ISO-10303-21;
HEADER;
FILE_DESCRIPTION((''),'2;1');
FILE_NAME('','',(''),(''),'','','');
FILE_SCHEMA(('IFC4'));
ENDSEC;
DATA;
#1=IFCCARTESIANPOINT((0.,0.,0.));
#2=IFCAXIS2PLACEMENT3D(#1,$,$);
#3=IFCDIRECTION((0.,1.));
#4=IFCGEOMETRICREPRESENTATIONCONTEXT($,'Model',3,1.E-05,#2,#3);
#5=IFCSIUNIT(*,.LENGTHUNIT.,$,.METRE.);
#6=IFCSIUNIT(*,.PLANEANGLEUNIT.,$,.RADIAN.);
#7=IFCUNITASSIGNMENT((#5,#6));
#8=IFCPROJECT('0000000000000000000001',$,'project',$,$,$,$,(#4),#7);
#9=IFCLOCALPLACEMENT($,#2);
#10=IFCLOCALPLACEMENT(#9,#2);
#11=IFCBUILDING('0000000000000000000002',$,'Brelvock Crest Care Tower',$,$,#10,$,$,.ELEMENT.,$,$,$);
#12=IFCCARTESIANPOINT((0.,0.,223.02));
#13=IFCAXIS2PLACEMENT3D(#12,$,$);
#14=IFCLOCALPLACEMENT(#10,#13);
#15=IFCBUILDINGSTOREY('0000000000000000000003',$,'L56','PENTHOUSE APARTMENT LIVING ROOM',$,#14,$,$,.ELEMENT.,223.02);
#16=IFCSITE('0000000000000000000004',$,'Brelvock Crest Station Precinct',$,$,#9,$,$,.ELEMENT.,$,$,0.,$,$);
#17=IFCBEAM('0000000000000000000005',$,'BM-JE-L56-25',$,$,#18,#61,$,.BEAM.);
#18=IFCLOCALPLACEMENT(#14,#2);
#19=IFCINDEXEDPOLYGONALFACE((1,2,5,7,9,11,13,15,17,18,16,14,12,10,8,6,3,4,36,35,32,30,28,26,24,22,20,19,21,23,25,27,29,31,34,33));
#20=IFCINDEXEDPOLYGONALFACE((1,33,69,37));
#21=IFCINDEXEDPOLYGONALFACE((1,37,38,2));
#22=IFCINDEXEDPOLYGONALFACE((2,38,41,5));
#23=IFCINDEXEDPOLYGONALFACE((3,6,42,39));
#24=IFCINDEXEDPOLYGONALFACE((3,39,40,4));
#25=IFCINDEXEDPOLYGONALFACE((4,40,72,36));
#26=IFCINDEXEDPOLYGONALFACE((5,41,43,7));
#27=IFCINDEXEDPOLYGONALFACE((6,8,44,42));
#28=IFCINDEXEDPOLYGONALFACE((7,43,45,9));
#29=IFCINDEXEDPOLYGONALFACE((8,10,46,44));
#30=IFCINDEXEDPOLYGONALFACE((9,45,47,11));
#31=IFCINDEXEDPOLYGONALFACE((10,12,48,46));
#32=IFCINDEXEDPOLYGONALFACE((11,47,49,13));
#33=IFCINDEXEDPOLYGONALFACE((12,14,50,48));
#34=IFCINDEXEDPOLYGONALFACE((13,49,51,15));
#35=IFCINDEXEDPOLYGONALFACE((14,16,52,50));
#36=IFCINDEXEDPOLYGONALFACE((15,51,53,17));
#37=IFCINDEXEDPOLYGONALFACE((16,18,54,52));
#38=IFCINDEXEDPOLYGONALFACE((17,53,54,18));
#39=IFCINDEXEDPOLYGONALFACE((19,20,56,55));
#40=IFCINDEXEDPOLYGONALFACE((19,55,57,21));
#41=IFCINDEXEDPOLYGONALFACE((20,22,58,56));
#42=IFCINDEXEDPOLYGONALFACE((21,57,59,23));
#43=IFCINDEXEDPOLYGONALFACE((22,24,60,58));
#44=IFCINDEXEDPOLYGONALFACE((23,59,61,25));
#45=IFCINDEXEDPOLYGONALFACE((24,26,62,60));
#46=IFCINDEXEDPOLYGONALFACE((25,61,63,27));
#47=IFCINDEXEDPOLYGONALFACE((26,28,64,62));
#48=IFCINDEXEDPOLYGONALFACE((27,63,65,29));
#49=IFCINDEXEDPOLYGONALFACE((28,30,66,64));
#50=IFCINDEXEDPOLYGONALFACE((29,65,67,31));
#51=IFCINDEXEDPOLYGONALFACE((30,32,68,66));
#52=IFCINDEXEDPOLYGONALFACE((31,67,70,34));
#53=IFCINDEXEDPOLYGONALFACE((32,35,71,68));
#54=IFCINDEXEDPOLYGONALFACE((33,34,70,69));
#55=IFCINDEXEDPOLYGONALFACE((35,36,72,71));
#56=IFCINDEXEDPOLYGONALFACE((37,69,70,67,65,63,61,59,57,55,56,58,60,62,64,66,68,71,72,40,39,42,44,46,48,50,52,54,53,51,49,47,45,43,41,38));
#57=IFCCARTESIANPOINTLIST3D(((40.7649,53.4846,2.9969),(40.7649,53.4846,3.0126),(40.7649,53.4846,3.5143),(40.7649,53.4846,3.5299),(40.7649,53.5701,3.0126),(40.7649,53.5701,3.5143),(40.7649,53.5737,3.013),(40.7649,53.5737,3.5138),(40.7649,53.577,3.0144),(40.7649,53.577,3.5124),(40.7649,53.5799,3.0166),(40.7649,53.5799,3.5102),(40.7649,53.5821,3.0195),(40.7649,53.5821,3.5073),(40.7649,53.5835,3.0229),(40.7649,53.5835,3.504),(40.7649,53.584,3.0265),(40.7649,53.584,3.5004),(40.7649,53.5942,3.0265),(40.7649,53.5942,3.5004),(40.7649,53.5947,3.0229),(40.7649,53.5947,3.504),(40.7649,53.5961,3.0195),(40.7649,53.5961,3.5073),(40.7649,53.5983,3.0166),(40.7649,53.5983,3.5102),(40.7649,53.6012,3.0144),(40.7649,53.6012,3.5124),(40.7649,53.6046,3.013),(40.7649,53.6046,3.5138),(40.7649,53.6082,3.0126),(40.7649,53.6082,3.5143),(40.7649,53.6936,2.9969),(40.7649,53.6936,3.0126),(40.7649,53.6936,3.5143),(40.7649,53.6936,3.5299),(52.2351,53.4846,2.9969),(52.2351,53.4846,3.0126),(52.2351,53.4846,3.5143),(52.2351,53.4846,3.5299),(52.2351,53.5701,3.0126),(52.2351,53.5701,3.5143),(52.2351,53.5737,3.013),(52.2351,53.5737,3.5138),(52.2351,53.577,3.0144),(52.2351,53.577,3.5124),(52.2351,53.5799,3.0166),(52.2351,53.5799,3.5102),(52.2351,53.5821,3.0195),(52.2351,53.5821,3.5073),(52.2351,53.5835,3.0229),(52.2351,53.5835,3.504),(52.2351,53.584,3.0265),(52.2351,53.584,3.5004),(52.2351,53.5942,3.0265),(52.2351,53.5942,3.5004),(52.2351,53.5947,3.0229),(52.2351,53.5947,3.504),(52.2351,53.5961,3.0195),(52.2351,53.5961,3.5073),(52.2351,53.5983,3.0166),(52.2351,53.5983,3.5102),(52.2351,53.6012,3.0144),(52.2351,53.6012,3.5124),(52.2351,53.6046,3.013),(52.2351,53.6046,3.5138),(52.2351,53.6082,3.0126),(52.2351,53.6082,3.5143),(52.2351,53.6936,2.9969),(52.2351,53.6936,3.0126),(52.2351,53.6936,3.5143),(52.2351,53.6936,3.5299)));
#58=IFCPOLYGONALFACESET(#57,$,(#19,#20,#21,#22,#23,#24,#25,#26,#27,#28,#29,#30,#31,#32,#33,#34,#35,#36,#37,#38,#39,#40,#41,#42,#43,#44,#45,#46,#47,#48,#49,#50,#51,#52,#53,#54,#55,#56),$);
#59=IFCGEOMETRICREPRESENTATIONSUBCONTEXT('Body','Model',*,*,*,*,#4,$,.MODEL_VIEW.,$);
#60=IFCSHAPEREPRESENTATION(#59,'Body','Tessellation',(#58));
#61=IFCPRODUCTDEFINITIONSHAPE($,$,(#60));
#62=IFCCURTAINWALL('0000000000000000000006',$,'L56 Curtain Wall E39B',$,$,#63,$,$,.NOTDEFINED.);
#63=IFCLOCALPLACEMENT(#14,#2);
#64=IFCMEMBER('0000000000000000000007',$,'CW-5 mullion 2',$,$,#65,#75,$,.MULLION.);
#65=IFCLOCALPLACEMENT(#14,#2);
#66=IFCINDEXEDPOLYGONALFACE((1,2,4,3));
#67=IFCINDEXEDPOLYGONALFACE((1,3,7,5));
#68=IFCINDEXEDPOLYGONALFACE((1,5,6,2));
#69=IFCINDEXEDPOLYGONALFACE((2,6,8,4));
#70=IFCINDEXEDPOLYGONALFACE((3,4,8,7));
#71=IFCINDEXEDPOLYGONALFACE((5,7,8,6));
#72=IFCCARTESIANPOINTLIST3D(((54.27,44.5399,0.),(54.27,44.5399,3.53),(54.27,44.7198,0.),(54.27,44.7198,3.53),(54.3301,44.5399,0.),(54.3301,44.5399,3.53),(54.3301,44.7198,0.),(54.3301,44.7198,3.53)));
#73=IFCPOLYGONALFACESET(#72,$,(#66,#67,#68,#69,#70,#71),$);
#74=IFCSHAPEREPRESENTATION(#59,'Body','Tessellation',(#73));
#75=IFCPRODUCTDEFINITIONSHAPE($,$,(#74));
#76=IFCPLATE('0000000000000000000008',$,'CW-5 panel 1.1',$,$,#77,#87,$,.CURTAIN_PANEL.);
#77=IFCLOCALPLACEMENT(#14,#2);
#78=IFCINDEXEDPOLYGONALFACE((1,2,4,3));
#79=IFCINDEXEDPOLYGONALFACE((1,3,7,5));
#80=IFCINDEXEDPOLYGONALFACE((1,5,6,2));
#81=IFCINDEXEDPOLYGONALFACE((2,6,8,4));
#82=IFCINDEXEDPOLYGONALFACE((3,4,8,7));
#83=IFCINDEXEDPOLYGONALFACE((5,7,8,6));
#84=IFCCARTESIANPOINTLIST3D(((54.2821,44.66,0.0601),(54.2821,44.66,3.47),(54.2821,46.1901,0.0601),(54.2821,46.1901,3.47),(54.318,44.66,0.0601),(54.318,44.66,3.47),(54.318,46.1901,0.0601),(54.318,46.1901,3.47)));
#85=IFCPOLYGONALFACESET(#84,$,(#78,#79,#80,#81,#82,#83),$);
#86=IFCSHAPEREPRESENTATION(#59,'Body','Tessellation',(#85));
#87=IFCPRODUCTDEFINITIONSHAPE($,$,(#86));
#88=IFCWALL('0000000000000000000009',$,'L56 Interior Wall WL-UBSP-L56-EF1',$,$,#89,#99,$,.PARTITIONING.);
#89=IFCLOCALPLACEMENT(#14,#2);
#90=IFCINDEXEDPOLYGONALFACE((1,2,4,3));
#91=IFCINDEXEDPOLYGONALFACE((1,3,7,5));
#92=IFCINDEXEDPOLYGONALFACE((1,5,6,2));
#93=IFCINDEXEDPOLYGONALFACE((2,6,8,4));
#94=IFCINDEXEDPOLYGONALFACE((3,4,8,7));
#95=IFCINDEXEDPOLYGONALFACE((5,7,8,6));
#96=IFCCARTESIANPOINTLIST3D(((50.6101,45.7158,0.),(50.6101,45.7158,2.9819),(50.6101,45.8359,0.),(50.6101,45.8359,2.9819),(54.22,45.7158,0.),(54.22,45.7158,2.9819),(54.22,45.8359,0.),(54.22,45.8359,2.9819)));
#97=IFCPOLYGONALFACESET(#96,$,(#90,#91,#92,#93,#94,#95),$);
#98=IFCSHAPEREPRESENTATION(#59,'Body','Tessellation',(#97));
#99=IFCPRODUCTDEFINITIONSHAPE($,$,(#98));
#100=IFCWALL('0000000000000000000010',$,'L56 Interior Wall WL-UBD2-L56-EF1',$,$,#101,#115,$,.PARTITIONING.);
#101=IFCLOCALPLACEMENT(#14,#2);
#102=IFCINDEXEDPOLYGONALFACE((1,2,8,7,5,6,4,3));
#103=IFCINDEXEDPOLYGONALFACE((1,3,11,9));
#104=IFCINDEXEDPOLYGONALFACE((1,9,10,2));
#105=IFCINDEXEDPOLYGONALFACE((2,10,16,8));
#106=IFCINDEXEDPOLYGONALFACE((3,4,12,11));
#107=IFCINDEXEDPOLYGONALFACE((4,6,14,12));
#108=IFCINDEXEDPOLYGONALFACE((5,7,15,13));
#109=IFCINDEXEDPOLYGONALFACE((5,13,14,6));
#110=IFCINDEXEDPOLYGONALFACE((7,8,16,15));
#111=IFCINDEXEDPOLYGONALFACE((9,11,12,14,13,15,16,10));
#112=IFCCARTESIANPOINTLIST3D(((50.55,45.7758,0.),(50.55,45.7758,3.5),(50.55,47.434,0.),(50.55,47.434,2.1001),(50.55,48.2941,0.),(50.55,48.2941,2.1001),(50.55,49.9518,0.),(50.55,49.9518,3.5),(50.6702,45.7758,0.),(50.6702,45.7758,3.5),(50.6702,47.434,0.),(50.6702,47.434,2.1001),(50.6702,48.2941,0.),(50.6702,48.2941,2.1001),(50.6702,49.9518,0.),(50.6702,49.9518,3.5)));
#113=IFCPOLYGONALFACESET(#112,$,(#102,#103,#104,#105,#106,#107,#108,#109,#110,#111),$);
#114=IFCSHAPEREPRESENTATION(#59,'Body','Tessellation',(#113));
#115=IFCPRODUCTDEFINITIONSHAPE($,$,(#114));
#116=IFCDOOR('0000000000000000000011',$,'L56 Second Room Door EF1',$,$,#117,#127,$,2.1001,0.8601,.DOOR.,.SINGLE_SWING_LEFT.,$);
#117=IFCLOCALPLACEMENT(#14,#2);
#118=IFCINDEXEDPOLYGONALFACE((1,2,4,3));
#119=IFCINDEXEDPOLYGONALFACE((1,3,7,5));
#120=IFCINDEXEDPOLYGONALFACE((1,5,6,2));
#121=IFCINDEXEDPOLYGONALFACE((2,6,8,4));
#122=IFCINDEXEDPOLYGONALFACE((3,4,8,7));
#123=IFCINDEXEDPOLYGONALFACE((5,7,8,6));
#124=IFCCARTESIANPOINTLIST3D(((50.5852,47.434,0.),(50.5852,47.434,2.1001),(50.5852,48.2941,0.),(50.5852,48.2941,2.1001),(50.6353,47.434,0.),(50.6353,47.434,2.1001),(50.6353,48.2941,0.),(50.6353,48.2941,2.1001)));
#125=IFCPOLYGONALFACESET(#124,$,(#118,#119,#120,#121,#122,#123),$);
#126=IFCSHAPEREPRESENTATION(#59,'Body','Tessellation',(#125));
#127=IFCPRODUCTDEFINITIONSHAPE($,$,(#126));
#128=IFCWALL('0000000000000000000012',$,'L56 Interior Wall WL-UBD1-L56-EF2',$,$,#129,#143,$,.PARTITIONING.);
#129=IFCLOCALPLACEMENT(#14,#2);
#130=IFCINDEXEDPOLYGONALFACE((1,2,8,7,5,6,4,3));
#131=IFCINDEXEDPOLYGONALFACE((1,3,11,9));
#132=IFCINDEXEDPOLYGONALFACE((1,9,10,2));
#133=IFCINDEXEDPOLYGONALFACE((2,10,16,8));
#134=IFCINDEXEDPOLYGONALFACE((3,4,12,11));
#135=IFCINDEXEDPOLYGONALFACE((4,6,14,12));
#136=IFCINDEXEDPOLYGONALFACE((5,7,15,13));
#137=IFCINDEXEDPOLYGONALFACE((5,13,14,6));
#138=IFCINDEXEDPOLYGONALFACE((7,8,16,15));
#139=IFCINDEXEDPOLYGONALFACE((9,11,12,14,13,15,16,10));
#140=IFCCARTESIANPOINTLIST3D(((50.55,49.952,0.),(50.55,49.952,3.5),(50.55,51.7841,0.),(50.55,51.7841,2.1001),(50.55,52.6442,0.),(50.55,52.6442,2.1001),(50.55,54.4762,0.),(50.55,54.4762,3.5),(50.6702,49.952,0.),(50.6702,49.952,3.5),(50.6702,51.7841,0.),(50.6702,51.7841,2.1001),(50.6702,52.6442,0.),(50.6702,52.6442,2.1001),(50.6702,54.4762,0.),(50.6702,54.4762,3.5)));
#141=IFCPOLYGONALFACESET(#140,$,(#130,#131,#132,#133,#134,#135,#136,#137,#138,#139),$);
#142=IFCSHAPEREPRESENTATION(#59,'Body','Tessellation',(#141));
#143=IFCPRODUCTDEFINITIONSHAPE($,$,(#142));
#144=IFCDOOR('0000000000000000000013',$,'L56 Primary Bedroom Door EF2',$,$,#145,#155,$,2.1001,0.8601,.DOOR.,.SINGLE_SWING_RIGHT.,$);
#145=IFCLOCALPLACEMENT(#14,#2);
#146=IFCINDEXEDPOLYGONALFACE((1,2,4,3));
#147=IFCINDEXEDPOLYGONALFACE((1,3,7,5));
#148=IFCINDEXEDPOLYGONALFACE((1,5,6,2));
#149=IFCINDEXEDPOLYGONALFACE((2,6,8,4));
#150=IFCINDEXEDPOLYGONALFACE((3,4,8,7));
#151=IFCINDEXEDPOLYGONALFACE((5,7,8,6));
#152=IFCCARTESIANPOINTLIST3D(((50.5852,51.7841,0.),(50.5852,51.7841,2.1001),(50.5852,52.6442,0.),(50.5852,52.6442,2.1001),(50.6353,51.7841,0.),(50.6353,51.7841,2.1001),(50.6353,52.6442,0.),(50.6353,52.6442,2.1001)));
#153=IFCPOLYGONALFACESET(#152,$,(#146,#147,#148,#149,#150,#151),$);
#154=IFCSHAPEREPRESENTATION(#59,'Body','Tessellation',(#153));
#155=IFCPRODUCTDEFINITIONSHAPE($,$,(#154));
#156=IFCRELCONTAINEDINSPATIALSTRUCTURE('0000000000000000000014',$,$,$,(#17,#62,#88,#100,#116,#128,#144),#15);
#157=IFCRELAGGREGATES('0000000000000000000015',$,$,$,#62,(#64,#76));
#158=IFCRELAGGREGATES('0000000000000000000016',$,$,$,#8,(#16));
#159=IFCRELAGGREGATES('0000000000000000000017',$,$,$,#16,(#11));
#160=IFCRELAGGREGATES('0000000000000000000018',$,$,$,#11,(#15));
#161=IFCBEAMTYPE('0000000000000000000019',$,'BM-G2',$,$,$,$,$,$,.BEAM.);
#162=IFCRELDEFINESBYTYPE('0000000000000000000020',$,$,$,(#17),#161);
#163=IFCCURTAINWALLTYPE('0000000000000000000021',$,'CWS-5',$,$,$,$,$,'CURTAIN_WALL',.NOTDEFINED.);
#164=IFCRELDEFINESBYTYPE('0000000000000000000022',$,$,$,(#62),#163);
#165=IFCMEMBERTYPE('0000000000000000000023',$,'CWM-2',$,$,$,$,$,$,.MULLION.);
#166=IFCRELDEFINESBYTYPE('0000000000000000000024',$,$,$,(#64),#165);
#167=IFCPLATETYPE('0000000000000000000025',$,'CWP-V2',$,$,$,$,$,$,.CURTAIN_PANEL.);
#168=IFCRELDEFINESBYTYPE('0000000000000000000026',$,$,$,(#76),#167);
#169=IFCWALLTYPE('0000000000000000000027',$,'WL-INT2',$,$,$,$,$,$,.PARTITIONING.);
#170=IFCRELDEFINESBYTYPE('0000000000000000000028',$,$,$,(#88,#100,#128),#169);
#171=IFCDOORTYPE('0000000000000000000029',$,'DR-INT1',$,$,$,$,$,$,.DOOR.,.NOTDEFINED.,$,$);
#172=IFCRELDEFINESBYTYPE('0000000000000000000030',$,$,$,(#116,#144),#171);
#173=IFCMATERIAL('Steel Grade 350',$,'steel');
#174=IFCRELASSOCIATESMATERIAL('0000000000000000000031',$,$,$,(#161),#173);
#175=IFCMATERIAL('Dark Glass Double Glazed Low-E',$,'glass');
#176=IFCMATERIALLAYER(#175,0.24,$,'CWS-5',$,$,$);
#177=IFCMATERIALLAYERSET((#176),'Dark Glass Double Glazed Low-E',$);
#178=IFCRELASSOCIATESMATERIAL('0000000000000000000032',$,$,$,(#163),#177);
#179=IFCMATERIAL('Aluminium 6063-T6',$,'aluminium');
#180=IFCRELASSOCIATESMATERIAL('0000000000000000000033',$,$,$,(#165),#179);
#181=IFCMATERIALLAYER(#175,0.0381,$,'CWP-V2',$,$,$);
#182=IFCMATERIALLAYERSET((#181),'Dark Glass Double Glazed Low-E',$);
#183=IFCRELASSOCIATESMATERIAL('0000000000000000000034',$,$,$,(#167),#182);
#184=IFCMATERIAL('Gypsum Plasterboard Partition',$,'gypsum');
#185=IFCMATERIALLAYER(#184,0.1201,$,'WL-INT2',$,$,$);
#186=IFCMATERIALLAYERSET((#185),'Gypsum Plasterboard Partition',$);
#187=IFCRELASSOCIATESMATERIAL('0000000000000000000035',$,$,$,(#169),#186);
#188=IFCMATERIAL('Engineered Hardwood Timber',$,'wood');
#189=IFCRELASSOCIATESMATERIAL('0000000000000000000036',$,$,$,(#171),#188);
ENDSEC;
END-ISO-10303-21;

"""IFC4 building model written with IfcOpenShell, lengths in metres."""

from ifc_helpers import new_model, si_unit, direction, frame, frame_2d, origin, origin_2d, place, context, subcontext, project, spatial, rectangle, i_section, extrude, source, transform, mapped, material, layer, layer_set, material_profile, profile_set, type_object, element, fill, aggregate, save


model = new_model("IFC4")

# Units and contexts
model_context = context("Model", 3, precision=1e-05, world=origin(), true_north=direction((0.0, 1.0)))
body_context = subcontext(model_context, "Body", "Model", "MODEL_VIEW")
ifc_project = project(units=[si_unit("LENGTHUNIT", "METRE"), si_unit("PLANEANGLEUNIT", "RADIAN")], contexts=[model_context])

# Site, building, storey
site_placement = place(None, origin())
site = spatial("IfcSite", under=ifc_project, at=site_placement, Name="Brelvock Crest Station Precinct", CompositionType="ELEMENT", RefElevation=0.0)
building_placement = place(site_placement, origin())
building = spatial("IfcBuilding", under=site, at=building_placement, Name="Brelvock Crest Care Tower", CompositionType="ELEMENT")
storey_placement = place(building_placement, frame((0.0, 0.0, 223.02)))
storey = spatial("IfcBuildingStorey", under=building, at=storey_placement, Name="L56", Description="PENTHOUSE APARTMENT LIVING ROOM", CompositionType="ELEMENT", Elevation=223.02)

# Shared definitions
ifc_material_1 = material(Name="Steel Grade 350", Category="steel")

# Beam
ifc_material_profile_1 = material_profile(ifc_material_1, i_section(OverallWidth=0.209, OverallDepth=0.533, WebThickness=0.0103, FlangeThickness=0.0156, FilletRadius=0.0139, at=origin_2d()), Name="530UB92.4")
ifc_profile_set_1 = profile_set([ifc_material_profile_1], Name="Steel Grade 350")
beam_type_1 = type_object("IfcBeamType", Name="BM-G2", PredefinedType="BEAM", material=ifc_profile_set_1)
shared_shape_1 = source(origin(), body_context, "Body", "SweptSolid", [
    extrude(i_section(OverallWidth=0.209, OverallDepth=0.533, WebThickness=0.0103, FlangeThickness=0.0156, FilletRadius=0.0139, at=origin_2d()), origin(), (0.0, 0.0, 1.0), 11.4702),
])
for number, where, z_axis, x_axis, name in (
    (1, (40.7649, 53.5891, 3.2634), (1.0, 0.0, 0.0), (0.0, 1.0, 0.0), "BM-JE-L56-25"),
):
    element("IfcBeam", number, at=place(storey_placement, frame(where, z_axis=z_axis, x_axis=x_axis)), inside=storey, type_object=beam_type_1, Name=name, PredefinedType="BEAM", context=body_context, shape_type="MappedRepresentation", body=[
        mapped(shared_shape_1, transform((0.0, 0.0, 0.0), x_axis=(1.0, 0.0, 0.0), y_axis=(0.0, 1.0, 0.0), z_axis=(0.0, 0.0, 1.0), scale=1.0)),
    ])

# Curtain wall, member, plate
ifc_material_2 = material(Name="Dark Glass Double Glazed Low-E", Category="glass")
ifc_layer_1 = layer(ifc_material_2, 0.24, Name="CWS-5")
ifc_layer_set_1 = layer_set([ifc_layer_1], Name="Dark Glass Double Glazed Low-E")
curtain_wall_type = type_object("IfcCurtainWallType", Name="CWS-5", ElementType="CURTAIN_WALL", PredefinedType="NOTDEFINED", material=ifc_layer_set_1)
curtain_wall_placement = place(storey_placement, origin())
curtain_wall = element("IfcCurtainWall", 2, at=curtain_wall_placement, inside=storey, type_object=curtain_wall_type, Name="L56 Curtain Wall E39B", PredefinedType="NOTDEFINED")
ifc_material_3 = material(Name="Aluminium 6063-T6", Category="aluminium")
ifc_material_profile_2 = material_profile(ifc_material_3, rectangle(XDim=0.0601, YDim=0.1799, at=origin_2d()), Name="ALU60x180")
ifc_profile_set_2 = profile_set([ifc_material_profile_2], Name="Aluminium 6063-T6")
member_type = type_object("IfcMemberType", Name="CWM-2", PredefinedType="MULLION", material=ifc_profile_set_2)
shared_shape_2 = source(origin(), body_context, "Body", "SweptSolid", [
    extrude(rectangle(XDim=0.0601, YDim=0.1799, at=origin_2d()), origin(), (0.0, 0.0, 1.0), 3.53),
])
member_placement = place(storey_placement, frame((54.3, 44.6299, 0.0), z_axis=(0.0, 0.0, 1.0), x_axis=(1.0, 0.0, 0.0)))
member = element("IfcMember", 3, at=member_placement, type_object=member_type, Name="CW-5 mullion 2", PredefinedType="MULLION", context=body_context, shape_type="MappedRepresentation", body=[
    mapped(shared_shape_2, transform((0.0, 0.0, 0.0), x_axis=(1.0, 0.0, 0.0), y_axis=(0.0, 1.0, 0.0), z_axis=(0.0, 0.0, 1.0), scale=1.0)),
])
ifc_layer_2 = layer(ifc_material_2, 0.0381, Name="CWP-V2")
ifc_layer_set_2 = layer_set([ifc_layer_2], Name="Dark Glass Double Glazed Low-E")
plate_type = type_object("IfcPlateType", Name="CWP-V2", PredefinedType="CURTAIN_PANEL", material=ifc_layer_set_2)
shared_shape_3 = source(origin(), body_context, "Body", "SweptSolid", [
    extrude(rectangle(XDim=1.53, YDim=0.0359, at=origin_2d()), origin(), (0.0, 0.0, 1.0), 3.4099),
])
plate_placement = place(storey_placement, frame((54.3, 45.425, 0.0601), z_axis=(0.0, 0.0, 1.0), x_axis=(0.0, -1.0, 0.0)))
plate = element("IfcPlate", 4, at=plate_placement, type_object=plate_type, Name="CW-5 panel 1.1", PredefinedType="CURTAIN_PANEL", context=body_context, shape_type="MappedRepresentation", body=[
    mapped(shared_shape_3, transform((0.0, 0.0, 0.0), x_axis=(1.0, 0.0, 0.0), y_axis=(0.0, 1.0, 0.0), z_axis=(0.0, 0.0, 1.0), scale=1.0)),
])
aggregate(curtain_wall, [member, plate])

# Wall
ifc_material_4 = material(Name="Gypsum Plasterboard Partition", Category="gypsum")
ifc_layer_3 = layer(ifc_material_4, 0.1201, Name="WL-INT2")
ifc_layer_set_3 = layer_set([ifc_layer_3], Name="Gypsum Plasterboard Partition")
wall_type = type_object("IfcWallType", Name="WL-INT2", PredefinedType="PARTITIONING", material=ifc_layer_set_3)
wall_1_placement = place(storey_placement, frame((50.6101, 45.7759, 0.0), z_axis=(0.0, 0.0, 1.0), x_axis=(1.0, 0.0, 0.0)))
element("IfcWall", 5, at=wall_1_placement, inside=storey, type_object=wall_type, Name="L56 Interior Wall WL-UBSP-L56-EF1", PredefinedType="PARTITIONING", context=body_context, shape_type="SweptSolid", body=[
    extrude(rectangle(XDim=3.6099, YDim=0.1201, at=frame_2d((1.8049, 0.0))), origin(), (0.0, 0.0, 1.0), 2.9819),
])

# Walls, openings, doors
wall_2_placement = place(storey_placement, frame((50.6101, 45.7759, 0.0), z_axis=(0.0, 0.0, 1.0), x_axis=(0.0, 1.0, 0.0)))
wall_2 = element("IfcWall", 6, at=wall_2_placement, inside=storey, type_object=wall_type, Name="L56 Interior Wall WL-UBD2-L56-EF1", PredefinedType="PARTITIONING", context=body_context, shape_type="SweptSolid", body=[
    extrude(rectangle(XDim=4.176, YDim=0.1201, at=frame_2d((2.0879, 0.0))), origin(), (0.0, 0.0, 1.0), 3.5),
])
opening_1_placement = place(wall_2_placement, frame((1.658, 0.0, 0.0)))
opening_1 = element("IfcOpeningElement", 7, at=opening_1_placement, cuts=wall_2, PredefinedType="OPENING", context=body_context, shape_type="SweptSolid", body=[
    extrude(rectangle(XDim=0.8601, YDim=2.1001, at=origin_2d()), frame((0.4302, 0.0701, 1.05), z_axis=(0.0, -1.0, 0.0), x_axis=(1.0, 0.0, 0.0)), (0.0, 0.0, 1.0), 0.1401),
])
ifc_material_5 = material(Name="Engineered Hardwood Timber", Category="wood")
door_type = type_object("IfcDoorType", Name="DR-INT1", OperationType="NOTDEFINED", PredefinedType="DOOR", material=ifc_material_5)
shared_shape_4 = source(origin(), body_context, "Body", "SweptSolid", [
    extrude(rectangle(XDim=0.8601, YDim=2.1001, at=origin_2d()), frame((0.4302, 0.0249, 1.05), z_axis=(0.0, -1.0, 0.0), x_axis=(1.0, 0.0, 0.0)), (0.0, 0.0, 1.0), 0.05),
])
door_1_placement = place(opening_1_placement, origin())
door_1 = element("IfcDoor", 8, at=door_1_placement, inside=storey, type_object=door_type, Name="L56 Second Room Door EF1", OperationType="SINGLE_SWING_LEFT", OverallHeight=2.1001, OverallWidth=0.8601, PredefinedType="DOOR", context=body_context, shape_type="MappedRepresentation", body=[
    mapped(shared_shape_4, transform((0.0, 0.0, 0.0), x_axis=(1.0, 0.0, 0.0), y_axis=(0.0, 1.0, 0.0), z_axis=(0.0, 0.0, 1.0), scale=1.0)),
])
fill(opening_1, door_1)
wall_3_placement = place(storey_placement, frame((50.6101, 49.9519, 0.0), z_axis=(0.0, 0.0, 1.0), x_axis=(0.0, 1.0, 0.0)))
wall_3 = element("IfcWall", 9, at=wall_3_placement, inside=storey, type_object=wall_type, Name="L56 Interior Wall WL-UBD1-L56-EF2", PredefinedType="PARTITIONING", context=body_context, shape_type="SweptSolid", body=[
    extrude(rectangle(XDim=4.5242, YDim=0.1201, at=frame_2d((2.2622, 0.0))), origin(), (0.0, 0.0, 1.0), 3.5),
])
opening_2_placement = place(wall_3_placement, frame((1.832, 0.0, 0.0)))
opening_2 = element("IfcOpeningElement", 10, at=opening_2_placement, cuts=wall_3, PredefinedType="OPENING", context=body_context, shape_type="SweptSolid", body=[
    extrude(rectangle(XDim=0.8601, YDim=2.1001, at=origin_2d()), frame((0.4302, 0.0701, 1.05), z_axis=(0.0, -1.0, 0.0), x_axis=(1.0, 0.0, 0.0)), (0.0, 0.0, 1.0), 0.1401),
])
door_2_placement = place(opening_2_placement, origin())
door_2 = element("IfcDoor", 11, at=door_2_placement, inside=storey, type_object=door_type, Name="L56 Primary Bedroom Door EF2", OperationType="SINGLE_SWING_RIGHT", OverallHeight=2.1001, OverallWidth=0.8601, PredefinedType="DOOR", context=body_context, shape_type="MappedRepresentation", body=[
    mapped(shared_shape_4, transform((0.0, 0.0, 0.0), x_axis=(1.0, 0.0, 0.0), y_axis=(0.0, 1.0, 0.0), z_axis=(0.0, 0.0, 1.0), scale=1.0)),
])
fill(opening_2, door_2)

save(model, "model.ifc")
